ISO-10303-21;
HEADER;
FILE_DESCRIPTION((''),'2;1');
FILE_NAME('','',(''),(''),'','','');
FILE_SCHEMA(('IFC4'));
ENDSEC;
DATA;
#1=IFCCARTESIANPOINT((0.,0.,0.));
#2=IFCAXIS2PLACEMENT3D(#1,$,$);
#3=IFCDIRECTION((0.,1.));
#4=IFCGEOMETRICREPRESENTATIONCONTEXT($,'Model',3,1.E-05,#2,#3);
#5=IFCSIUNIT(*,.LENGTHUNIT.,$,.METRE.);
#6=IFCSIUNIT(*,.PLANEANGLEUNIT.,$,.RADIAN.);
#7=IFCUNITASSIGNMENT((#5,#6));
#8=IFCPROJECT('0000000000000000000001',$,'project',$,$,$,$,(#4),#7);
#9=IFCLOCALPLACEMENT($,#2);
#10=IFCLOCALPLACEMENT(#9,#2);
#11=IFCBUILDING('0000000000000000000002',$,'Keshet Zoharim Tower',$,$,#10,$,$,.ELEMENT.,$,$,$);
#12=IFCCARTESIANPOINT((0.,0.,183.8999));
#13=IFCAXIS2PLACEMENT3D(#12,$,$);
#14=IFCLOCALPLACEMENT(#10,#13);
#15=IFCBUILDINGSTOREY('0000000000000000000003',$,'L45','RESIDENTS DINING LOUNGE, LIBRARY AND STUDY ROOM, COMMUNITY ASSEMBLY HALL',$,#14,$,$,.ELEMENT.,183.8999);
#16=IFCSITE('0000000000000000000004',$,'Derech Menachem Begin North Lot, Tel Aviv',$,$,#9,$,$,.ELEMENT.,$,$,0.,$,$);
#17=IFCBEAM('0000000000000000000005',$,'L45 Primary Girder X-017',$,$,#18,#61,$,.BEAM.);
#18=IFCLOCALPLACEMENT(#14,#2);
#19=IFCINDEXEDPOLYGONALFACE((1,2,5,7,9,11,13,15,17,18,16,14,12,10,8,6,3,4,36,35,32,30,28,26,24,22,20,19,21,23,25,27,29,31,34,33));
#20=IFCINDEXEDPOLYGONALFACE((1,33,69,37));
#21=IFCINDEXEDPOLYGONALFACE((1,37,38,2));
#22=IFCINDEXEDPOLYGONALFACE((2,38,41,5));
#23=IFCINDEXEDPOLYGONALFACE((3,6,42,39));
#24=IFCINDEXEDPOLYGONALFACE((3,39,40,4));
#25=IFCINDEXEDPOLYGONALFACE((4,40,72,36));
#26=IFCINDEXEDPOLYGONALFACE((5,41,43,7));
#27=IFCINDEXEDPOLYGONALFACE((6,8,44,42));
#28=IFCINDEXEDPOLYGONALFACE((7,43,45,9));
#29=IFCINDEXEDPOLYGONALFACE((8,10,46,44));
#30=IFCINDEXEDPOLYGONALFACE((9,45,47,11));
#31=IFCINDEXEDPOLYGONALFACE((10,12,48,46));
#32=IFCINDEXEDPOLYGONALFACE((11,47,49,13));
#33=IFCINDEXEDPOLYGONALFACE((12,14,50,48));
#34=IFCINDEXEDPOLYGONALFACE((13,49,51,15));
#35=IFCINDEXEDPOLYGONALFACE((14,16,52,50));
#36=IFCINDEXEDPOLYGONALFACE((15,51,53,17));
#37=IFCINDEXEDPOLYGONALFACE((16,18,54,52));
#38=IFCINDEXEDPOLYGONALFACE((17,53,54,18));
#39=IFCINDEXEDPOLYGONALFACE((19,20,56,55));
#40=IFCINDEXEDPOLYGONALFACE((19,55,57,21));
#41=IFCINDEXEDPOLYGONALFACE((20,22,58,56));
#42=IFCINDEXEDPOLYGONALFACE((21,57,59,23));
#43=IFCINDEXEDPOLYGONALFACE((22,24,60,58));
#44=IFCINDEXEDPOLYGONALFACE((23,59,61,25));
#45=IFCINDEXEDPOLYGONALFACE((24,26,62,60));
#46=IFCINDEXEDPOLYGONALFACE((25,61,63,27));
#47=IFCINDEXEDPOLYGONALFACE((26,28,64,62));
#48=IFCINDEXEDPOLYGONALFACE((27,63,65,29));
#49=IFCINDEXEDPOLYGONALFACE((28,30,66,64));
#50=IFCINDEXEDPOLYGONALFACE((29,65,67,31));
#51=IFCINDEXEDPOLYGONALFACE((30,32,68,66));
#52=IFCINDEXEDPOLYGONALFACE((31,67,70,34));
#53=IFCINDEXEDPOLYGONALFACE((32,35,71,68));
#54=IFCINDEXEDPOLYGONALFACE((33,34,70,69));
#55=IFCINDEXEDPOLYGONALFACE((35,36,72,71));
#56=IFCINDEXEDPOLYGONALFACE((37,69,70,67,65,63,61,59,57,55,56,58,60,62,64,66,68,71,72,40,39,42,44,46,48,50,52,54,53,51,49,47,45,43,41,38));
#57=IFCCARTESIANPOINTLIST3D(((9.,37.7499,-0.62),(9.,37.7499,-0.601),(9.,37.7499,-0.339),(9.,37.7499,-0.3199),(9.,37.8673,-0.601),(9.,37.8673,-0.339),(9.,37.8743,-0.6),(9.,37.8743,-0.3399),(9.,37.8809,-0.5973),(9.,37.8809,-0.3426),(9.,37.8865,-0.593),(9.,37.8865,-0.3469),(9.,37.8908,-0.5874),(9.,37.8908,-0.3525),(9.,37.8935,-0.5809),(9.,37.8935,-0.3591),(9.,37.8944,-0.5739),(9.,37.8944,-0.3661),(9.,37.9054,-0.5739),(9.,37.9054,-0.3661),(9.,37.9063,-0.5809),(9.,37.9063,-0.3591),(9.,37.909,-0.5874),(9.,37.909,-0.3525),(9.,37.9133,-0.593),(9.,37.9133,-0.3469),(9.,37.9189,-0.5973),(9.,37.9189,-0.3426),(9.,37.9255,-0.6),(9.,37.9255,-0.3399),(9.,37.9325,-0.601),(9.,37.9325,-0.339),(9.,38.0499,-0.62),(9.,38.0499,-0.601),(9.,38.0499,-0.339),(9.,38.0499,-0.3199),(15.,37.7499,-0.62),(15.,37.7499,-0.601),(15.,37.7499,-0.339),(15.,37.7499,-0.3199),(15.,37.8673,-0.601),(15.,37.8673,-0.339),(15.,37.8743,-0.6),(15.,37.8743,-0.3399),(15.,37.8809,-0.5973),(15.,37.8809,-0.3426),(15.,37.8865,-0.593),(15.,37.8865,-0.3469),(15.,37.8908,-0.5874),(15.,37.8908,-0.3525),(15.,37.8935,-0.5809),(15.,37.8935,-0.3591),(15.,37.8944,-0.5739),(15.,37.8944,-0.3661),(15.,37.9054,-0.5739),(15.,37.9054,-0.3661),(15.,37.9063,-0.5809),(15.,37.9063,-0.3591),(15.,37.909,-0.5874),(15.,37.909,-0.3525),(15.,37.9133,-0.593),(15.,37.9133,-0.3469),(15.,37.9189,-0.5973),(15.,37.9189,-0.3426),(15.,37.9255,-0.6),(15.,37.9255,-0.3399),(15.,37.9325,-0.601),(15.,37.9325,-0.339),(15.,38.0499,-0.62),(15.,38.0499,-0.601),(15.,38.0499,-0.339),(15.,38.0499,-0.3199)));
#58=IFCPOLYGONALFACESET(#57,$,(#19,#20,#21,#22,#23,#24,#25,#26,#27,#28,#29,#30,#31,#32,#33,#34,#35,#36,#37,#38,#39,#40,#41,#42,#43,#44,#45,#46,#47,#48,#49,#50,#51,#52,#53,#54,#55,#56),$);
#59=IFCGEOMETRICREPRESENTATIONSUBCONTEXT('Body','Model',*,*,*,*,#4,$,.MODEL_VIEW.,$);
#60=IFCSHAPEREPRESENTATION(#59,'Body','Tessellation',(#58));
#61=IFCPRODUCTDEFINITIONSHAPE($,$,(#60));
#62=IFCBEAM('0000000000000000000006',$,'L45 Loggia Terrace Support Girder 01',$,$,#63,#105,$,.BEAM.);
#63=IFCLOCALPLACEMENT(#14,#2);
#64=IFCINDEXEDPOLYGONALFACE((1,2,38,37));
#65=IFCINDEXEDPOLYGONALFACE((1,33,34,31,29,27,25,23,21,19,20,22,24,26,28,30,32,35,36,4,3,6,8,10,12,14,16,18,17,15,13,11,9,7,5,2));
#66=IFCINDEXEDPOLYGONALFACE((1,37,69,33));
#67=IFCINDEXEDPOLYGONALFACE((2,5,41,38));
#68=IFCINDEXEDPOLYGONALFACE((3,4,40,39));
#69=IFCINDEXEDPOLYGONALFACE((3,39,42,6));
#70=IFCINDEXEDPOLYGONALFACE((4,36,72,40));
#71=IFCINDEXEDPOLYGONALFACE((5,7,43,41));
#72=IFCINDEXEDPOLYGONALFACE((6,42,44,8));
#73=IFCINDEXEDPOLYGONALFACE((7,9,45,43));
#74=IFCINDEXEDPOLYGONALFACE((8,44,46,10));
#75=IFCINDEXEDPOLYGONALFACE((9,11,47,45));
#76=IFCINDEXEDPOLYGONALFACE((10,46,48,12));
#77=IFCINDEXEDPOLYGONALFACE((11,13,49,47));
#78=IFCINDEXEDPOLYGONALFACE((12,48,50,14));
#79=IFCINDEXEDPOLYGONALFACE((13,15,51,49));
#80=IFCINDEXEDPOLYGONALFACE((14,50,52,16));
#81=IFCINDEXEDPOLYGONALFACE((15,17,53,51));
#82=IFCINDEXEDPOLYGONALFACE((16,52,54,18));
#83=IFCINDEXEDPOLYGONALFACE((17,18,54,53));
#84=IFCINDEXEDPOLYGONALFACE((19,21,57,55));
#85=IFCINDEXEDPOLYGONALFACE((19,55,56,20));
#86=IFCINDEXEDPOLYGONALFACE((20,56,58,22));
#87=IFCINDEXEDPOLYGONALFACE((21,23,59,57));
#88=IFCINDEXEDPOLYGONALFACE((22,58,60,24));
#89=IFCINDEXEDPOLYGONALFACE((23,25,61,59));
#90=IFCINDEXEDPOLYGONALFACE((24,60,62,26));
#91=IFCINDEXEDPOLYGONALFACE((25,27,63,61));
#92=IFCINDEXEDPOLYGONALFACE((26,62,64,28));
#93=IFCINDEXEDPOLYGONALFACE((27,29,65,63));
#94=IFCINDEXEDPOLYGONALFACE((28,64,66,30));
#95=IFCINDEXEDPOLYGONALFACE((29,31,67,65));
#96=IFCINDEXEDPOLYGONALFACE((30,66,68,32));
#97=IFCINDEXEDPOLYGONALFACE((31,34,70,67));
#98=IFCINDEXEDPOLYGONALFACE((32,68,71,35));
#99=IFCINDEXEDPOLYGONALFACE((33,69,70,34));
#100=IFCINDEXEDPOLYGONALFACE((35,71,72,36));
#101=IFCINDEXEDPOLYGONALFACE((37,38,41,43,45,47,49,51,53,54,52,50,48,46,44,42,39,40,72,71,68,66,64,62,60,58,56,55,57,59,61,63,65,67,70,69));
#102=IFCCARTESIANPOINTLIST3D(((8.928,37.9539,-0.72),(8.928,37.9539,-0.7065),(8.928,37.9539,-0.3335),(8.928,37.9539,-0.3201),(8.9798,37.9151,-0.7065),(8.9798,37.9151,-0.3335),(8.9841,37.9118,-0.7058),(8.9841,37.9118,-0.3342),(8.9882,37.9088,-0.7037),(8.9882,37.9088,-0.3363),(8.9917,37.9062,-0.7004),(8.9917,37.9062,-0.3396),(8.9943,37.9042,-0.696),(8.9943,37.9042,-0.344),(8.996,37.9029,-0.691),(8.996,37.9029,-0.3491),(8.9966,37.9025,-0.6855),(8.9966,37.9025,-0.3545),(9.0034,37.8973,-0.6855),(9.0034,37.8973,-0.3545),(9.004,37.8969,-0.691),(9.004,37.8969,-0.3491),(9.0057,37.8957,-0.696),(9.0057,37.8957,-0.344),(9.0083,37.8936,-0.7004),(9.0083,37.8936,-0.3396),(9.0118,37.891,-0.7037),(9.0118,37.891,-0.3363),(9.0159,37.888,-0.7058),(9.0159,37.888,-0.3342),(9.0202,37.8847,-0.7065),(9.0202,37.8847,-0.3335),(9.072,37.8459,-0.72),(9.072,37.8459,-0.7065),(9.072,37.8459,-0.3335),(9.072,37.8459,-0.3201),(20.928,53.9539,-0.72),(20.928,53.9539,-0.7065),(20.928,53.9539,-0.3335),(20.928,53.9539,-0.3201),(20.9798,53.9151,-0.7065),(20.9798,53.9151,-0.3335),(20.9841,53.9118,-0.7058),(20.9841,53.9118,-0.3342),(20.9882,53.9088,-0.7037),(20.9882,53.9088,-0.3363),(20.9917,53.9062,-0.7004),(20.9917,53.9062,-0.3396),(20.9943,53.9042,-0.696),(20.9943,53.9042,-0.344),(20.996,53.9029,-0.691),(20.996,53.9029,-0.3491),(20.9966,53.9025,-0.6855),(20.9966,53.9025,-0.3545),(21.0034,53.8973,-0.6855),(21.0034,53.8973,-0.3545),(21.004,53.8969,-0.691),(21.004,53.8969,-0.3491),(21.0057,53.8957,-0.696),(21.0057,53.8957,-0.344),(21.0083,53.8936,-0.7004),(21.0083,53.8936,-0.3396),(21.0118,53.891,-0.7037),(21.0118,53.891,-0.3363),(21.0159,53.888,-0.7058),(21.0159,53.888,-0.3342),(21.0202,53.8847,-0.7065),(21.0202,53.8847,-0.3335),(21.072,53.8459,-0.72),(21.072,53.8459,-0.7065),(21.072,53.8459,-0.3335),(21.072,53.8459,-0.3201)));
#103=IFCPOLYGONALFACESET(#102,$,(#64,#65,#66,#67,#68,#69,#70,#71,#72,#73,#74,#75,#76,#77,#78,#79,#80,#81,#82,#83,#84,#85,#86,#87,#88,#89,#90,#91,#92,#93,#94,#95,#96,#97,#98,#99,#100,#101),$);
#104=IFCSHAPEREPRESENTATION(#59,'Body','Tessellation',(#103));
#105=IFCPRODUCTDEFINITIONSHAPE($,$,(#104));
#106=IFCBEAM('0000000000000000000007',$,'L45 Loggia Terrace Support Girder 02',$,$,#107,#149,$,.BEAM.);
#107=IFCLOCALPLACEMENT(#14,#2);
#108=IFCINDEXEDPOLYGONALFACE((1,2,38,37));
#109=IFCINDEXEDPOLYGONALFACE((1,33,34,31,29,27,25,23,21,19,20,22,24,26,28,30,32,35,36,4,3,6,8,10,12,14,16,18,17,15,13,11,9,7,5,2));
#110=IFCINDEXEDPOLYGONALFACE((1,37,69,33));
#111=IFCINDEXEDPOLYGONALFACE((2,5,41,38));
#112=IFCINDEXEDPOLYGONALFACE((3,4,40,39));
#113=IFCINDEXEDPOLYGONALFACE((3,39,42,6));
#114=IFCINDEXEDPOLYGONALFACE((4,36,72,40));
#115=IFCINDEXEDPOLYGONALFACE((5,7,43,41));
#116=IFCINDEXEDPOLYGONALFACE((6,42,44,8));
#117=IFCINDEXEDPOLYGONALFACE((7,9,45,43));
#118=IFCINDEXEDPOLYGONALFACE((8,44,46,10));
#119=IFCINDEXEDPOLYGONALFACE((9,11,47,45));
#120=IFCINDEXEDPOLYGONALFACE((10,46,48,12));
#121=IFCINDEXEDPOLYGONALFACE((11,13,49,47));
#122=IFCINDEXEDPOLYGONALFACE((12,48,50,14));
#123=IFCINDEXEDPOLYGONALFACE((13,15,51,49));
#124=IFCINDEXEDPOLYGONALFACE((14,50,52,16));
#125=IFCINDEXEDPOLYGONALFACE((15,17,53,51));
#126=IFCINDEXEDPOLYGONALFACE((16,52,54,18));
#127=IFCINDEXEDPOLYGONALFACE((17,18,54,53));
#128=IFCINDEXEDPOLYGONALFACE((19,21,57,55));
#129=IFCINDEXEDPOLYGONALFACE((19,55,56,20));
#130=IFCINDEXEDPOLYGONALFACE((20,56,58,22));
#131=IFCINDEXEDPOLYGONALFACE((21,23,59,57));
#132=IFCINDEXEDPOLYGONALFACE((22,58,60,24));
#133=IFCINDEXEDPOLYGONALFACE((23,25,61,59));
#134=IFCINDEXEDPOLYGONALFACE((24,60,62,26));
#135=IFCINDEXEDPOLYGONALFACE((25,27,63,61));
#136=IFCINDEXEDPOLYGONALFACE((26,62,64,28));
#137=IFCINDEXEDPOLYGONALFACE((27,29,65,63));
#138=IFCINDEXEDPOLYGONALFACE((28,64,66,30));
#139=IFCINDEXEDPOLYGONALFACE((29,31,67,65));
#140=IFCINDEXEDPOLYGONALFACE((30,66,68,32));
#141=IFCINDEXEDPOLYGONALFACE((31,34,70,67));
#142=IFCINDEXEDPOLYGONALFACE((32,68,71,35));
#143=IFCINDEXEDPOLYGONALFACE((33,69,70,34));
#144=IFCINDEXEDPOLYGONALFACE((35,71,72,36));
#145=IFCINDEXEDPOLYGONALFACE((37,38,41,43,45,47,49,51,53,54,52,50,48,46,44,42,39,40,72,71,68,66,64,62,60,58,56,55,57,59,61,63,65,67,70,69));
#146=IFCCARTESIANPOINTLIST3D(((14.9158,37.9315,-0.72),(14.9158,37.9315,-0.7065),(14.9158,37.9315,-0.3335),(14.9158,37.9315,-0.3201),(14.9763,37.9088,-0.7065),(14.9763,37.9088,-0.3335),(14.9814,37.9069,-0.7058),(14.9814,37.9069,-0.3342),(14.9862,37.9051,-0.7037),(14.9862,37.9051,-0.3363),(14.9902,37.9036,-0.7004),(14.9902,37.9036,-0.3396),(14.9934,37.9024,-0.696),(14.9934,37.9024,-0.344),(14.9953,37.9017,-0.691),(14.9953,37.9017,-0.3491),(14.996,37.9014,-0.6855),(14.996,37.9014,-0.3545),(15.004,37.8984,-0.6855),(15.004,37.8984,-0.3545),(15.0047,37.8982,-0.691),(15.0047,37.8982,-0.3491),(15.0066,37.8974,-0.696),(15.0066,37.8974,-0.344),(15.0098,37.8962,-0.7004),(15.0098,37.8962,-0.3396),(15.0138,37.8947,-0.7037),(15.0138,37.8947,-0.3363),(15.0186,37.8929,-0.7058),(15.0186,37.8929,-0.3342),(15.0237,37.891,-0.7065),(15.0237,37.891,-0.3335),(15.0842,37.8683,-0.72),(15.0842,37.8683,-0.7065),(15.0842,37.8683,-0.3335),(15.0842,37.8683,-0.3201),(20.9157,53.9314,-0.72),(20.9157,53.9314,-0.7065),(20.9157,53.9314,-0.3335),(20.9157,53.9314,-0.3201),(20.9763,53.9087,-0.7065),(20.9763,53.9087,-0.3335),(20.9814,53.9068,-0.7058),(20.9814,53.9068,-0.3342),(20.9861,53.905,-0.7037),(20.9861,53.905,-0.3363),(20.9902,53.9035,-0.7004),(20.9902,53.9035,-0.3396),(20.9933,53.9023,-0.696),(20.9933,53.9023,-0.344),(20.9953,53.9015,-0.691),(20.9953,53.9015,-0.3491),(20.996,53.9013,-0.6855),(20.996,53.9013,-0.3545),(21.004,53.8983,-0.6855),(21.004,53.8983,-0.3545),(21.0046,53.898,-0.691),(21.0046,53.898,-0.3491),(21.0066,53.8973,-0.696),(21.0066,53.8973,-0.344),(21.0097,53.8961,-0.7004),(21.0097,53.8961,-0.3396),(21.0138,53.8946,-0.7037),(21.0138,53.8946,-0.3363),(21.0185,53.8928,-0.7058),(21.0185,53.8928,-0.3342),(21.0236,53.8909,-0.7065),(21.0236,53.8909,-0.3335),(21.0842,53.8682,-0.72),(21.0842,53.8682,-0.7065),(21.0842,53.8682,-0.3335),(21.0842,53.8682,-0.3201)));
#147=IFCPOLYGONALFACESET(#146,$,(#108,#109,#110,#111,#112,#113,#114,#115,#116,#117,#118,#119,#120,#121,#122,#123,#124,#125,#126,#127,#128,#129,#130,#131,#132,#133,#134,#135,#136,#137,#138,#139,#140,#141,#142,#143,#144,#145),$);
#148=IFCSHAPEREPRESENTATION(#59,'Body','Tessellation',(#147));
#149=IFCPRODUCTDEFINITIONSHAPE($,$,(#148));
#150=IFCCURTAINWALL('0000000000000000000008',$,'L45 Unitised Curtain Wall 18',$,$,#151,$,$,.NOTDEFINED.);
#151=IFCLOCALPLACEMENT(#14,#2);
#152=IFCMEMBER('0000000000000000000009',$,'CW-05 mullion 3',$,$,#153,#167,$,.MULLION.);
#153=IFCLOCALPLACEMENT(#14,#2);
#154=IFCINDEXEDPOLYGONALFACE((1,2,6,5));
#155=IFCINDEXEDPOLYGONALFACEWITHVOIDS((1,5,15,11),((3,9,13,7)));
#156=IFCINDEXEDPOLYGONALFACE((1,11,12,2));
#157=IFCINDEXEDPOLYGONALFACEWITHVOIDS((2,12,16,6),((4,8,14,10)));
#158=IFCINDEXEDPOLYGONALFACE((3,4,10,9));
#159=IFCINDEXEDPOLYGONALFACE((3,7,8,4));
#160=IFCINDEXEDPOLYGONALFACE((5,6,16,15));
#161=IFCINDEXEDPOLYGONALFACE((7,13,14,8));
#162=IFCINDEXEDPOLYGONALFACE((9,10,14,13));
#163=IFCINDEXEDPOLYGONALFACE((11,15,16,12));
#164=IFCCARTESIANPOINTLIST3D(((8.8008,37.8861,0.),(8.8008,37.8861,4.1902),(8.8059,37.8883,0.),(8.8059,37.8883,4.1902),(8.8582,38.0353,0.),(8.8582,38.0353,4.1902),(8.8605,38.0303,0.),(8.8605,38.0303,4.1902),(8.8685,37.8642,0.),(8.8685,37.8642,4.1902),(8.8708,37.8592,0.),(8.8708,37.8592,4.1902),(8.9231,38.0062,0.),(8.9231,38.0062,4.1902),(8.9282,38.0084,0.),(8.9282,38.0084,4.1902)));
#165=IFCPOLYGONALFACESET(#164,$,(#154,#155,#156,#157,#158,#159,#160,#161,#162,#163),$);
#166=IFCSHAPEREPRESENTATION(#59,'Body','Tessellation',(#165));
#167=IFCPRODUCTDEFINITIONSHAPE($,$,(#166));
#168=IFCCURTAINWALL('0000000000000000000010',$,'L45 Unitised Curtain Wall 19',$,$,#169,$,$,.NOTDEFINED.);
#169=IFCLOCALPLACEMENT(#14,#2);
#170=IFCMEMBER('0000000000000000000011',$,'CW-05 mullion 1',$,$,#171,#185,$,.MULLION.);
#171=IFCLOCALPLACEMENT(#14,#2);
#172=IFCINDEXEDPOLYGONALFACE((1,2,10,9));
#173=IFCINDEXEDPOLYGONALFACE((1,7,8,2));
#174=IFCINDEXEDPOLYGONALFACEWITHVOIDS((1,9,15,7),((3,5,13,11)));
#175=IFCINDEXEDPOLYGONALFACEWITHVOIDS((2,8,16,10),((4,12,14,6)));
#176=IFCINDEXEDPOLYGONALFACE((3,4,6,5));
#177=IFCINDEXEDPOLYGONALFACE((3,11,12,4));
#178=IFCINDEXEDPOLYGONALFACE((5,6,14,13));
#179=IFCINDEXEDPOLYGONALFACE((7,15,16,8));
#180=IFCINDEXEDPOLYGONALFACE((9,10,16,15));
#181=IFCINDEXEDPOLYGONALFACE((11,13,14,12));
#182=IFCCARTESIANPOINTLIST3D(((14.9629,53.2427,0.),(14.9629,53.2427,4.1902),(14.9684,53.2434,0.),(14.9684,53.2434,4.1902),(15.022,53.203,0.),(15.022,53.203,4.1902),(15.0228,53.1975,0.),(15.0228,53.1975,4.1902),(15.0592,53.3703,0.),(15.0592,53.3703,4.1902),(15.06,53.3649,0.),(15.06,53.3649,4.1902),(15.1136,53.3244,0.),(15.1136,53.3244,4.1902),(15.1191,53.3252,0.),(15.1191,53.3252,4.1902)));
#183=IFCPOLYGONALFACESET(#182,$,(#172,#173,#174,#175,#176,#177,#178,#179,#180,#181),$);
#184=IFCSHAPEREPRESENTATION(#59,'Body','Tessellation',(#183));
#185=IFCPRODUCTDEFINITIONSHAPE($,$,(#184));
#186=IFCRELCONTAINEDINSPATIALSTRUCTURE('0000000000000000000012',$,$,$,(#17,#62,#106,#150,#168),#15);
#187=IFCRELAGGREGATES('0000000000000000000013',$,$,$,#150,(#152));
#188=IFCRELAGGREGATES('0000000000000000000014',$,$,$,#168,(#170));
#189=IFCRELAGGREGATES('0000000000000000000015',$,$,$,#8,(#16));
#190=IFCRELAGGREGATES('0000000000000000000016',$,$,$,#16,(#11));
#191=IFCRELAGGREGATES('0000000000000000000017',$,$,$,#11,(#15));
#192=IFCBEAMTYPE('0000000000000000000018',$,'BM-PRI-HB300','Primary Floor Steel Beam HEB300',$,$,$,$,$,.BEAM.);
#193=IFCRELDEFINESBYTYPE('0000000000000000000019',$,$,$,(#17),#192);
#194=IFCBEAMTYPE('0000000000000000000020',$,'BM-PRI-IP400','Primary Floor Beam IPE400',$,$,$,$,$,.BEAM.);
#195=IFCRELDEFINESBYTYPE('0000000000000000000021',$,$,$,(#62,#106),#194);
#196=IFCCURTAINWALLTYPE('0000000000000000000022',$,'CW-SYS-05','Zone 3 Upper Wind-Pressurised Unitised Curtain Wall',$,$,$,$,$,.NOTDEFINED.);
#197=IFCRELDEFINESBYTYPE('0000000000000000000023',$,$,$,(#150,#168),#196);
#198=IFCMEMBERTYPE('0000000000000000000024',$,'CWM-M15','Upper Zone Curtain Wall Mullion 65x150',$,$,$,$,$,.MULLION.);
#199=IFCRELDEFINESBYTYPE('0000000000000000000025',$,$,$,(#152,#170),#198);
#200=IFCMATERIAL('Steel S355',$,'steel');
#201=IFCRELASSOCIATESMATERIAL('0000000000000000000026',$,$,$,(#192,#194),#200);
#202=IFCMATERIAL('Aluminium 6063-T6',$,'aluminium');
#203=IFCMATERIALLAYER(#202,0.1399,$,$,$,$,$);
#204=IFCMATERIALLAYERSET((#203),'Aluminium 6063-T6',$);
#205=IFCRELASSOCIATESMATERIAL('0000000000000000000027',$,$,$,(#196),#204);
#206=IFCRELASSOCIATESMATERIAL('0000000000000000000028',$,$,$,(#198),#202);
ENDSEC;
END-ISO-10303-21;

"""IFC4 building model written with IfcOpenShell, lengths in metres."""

from ifc_helpers import new_model, si_unit, direction, frame, origin, origin_2d, place, context, subcontext, project, spatial, hollow_rectangle, i_section, extrude, material, layer, layer_set, material_profile, profile_set, type_object, element, aggregate, save


model = new_model("IFC4")

# Units and contexts
model_context = context("Model", 3, precision=1e-05, world=origin(), true_north=direction((0.0, 1.0)))
body_context = subcontext(model_context, "Body", "Model", "MODEL_VIEW")
ifc_project = project(units=[si_unit("LENGTHUNIT", "METRE"), si_unit("PLANEANGLEUNIT", "RADIAN")], contexts=[model_context])

# Site, building, storey
site_placement = place(None, origin())
site = spatial("IfcSite", under=ifc_project, at=site_placement, Name="Derech Menachem Begin North Lot, Tel Aviv", CompositionType="ELEMENT", RefElevation=0.0)
building_placement = place(site_placement, origin())
building = spatial("IfcBuilding", under=site, at=building_placement, Name="Keshet Zoharim Tower", CompositionType="ELEMENT")
storey_placement = place(building_placement, frame((0.0, 0.0, 183.8999)))
storey = spatial("IfcBuildingStorey", under=building, at=storey_placement, Name="L45", Description="RESIDENTS DINING LOUNGE, LIBRARY AND STUDY ROOM, COMMUNITY ASSEMBLY HALL", CompositionType="ELEMENT", Elevation=183.8999)

# Shared definitions
ifc_material_1 = material(Name="Steel S355", Category="steel")

# Beams
ifc_material_profile_1 = material_profile(ifc_material_1, i_section(OverallWidth=0.3, OverallDepth=0.3, WebThickness=0.011, FlangeThickness=0.019, FilletRadius=0.0271, at=origin_2d()), Name="HEB300")
ifc_profile_set_1 = profile_set([ifc_material_profile_1], Name="Steel S355")
beam_type_1 = type_object("IfcBeamType", Name="BM-PRI-HB300", Description="Primary Floor Steel Beam HEB300", PredefinedType="BEAM", material=ifc_profile_set_1)
beam_1_placement = place(storey_placement, frame((9.0, 37.8999, -0.47), z_axis=(1.0, 0.0, 0.0), x_axis=(0.0, 1.0, 0.0)))
element("IfcBeam", 1, at=beam_1_placement, inside=storey, type_object=beam_type_1, Name="L45 Primary Girder X-017", PredefinedType="BEAM", context=body_context, shape_type="SweptSolid", body=[
    extrude(i_section(OverallWidth=0.3, OverallDepth=0.3, WebThickness=0.011, FlangeThickness=0.019, FilletRadius=0.0271, at=origin_2d()), origin(), (0.0, 0.0, 1.0), 6.0),
])
ifc_material_profile_2 = material_profile(ifc_material_1, i_section(OverallWidth=0.1799, OverallDepth=0.3999, WebThickness=0.0085, FlangeThickness=0.0134, FilletRadius=0.021, at=origin_2d()), Name="IPE400")
ifc_profile_set_2 = profile_set([ifc_material_profile_2], Name="Steel S355")
beam_type_2 = type_object("IfcBeamType", Name="BM-PRI-IP400", Description="Primary Floor Beam IPE400", PredefinedType="BEAM", material=ifc_profile_set_2)
beam_2_placement = place(storey_placement, frame((9.0, 37.8999, -0.52), z_axis=(0.6, 0.8, 0.0), x_axis=(-0.8, 0.6, 0.0)))
element("IfcBeam", 2, at=beam_2_placement, inside=storey, type_object=beam_type_2, Name="L45 Loggia Terrace Support Girder 01", PredefinedType="BEAM", context=body_context, shape_type="SweptSolid", body=[
    extrude(i_section(OverallWidth=0.1799, OverallDepth=0.3999, WebThickness=0.0085, FlangeThickness=0.0134, FilletRadius=0.021, at=origin_2d()), origin(), (0.0, 0.0, 1.0), 20.0),
])
beam_3_placement = place(storey_placement, frame((15.0, 37.8999, -0.52), z_axis=(0.351123, 0.936329, 0.0), x_axis=(-0.936329, 0.351123, 0.0)))
element("IfcBeam", 3, at=beam_3_placement, inside=storey, type_object=beam_type_2, Name="L45 Loggia Terrace Support Girder 02", PredefinedType="BEAM", context=body_context, shape_type="SweptSolid", body=[
    extrude(i_section(OverallWidth=0.1799, OverallDepth=0.3999, WebThickness=0.0085, FlangeThickness=0.0134, FilletRadius=0.021, at=origin_2d()), origin(), (0.0, 0.0, 1.0), 17.0879),
])

# Curtain wall, member
ifc_material_2 = material(Name="Aluminium 6063-T6", Category="aluminium")
ifc_layer_1 = layer(ifc_material_2, 0.1399)
ifc_layer_set_1 = layer_set([ifc_layer_1], Name="Aluminium 6063-T6")
curtain_wall_type = type_object("IfcCurtainWallType", Name="CW-SYS-05", Description="Zone 3 Upper Wind-Pressurised Unitised Curtain Wall", PredefinedType="NOTDEFINED", material=ifc_layer_set_1)
curtain_wall_1_placement = place(storey_placement, origin())
curtain_wall_1 = element("IfcCurtainWall", 4, at=curtain_wall_1_placement, inside=storey, type_object=curtain_wall_type, Name="L45 Unitised Curtain Wall 18", PredefinedType="NOTDEFINED")
ifc_material_profile_3 = material_profile(ifc_material_2, hollow_rectangle(XDim=0.075, YDim=0.1599, WallThickness=0.0039, at=origin_2d()), Name="MUL-75x160")
ifc_profile_set_3 = profile_set([ifc_material_profile_3], Name="Aluminium 6063-T6")
member_type_1 = type_object("IfcMemberType", Name="CWM-M15", Description="Upper Zone Curtain Wall Mullion 65x150", PredefinedType="MULLION", material=ifc_profile_set_3)
member_1_placement = place(storey_placement, frame((8.8645, 37.9473, 0.0), z_axis=(0.0, 0.0, 1.0), x_axis=(-0.933337, 0.359001, 0.0)))
member_1 = element("IfcMember", 5, at=member_1_placement, type_object=member_type_1, Name="CW-05 mullion 3", PredefinedType="MULLION", context=body_context, shape_type="SweptSolid", body=[
    extrude(hollow_rectangle(XDim=0.075, YDim=0.1599, WallThickness=0.0039, at=origin_2d()), origin(), (0.0, 0.0, 1.0), 4.1902),
])
aggregate(curtain_wall_1, [member_1])

# Curtain wall, member
curtain_wall_2_placement = place(storey_placement, origin())
curtain_wall_2 = element("IfcCurtainWall", 6, at=curtain_wall_2_placement, inside=storey, type_object=curtain_wall_type, Name="L45 Unitised Curtain Wall 19", PredefinedType="NOTDEFINED")
member_2_placement = place(storey_placement, frame((15.041, 53.2839, 0.0), z_axis=(0.0, 0.0, 1.0), x_axis=(-0.798362, 0.602178, 0.0)))
member_2 = element("IfcMember", 7, at=member_2_placement, type_object=member_type_1, Name="CW-05 mullion 1", PredefinedType="MULLION", context=body_context, shape_type="SweptSolid", body=[
    extrude(hollow_rectangle(XDim=0.075, YDim=0.1599, WallThickness=0.0039, at=origin_2d()), origin(), (0.0, 0.0, 1.0), 4.1902),
])
aggregate(curtain_wall_2, [member_2])

save(model, "model.ifc")
